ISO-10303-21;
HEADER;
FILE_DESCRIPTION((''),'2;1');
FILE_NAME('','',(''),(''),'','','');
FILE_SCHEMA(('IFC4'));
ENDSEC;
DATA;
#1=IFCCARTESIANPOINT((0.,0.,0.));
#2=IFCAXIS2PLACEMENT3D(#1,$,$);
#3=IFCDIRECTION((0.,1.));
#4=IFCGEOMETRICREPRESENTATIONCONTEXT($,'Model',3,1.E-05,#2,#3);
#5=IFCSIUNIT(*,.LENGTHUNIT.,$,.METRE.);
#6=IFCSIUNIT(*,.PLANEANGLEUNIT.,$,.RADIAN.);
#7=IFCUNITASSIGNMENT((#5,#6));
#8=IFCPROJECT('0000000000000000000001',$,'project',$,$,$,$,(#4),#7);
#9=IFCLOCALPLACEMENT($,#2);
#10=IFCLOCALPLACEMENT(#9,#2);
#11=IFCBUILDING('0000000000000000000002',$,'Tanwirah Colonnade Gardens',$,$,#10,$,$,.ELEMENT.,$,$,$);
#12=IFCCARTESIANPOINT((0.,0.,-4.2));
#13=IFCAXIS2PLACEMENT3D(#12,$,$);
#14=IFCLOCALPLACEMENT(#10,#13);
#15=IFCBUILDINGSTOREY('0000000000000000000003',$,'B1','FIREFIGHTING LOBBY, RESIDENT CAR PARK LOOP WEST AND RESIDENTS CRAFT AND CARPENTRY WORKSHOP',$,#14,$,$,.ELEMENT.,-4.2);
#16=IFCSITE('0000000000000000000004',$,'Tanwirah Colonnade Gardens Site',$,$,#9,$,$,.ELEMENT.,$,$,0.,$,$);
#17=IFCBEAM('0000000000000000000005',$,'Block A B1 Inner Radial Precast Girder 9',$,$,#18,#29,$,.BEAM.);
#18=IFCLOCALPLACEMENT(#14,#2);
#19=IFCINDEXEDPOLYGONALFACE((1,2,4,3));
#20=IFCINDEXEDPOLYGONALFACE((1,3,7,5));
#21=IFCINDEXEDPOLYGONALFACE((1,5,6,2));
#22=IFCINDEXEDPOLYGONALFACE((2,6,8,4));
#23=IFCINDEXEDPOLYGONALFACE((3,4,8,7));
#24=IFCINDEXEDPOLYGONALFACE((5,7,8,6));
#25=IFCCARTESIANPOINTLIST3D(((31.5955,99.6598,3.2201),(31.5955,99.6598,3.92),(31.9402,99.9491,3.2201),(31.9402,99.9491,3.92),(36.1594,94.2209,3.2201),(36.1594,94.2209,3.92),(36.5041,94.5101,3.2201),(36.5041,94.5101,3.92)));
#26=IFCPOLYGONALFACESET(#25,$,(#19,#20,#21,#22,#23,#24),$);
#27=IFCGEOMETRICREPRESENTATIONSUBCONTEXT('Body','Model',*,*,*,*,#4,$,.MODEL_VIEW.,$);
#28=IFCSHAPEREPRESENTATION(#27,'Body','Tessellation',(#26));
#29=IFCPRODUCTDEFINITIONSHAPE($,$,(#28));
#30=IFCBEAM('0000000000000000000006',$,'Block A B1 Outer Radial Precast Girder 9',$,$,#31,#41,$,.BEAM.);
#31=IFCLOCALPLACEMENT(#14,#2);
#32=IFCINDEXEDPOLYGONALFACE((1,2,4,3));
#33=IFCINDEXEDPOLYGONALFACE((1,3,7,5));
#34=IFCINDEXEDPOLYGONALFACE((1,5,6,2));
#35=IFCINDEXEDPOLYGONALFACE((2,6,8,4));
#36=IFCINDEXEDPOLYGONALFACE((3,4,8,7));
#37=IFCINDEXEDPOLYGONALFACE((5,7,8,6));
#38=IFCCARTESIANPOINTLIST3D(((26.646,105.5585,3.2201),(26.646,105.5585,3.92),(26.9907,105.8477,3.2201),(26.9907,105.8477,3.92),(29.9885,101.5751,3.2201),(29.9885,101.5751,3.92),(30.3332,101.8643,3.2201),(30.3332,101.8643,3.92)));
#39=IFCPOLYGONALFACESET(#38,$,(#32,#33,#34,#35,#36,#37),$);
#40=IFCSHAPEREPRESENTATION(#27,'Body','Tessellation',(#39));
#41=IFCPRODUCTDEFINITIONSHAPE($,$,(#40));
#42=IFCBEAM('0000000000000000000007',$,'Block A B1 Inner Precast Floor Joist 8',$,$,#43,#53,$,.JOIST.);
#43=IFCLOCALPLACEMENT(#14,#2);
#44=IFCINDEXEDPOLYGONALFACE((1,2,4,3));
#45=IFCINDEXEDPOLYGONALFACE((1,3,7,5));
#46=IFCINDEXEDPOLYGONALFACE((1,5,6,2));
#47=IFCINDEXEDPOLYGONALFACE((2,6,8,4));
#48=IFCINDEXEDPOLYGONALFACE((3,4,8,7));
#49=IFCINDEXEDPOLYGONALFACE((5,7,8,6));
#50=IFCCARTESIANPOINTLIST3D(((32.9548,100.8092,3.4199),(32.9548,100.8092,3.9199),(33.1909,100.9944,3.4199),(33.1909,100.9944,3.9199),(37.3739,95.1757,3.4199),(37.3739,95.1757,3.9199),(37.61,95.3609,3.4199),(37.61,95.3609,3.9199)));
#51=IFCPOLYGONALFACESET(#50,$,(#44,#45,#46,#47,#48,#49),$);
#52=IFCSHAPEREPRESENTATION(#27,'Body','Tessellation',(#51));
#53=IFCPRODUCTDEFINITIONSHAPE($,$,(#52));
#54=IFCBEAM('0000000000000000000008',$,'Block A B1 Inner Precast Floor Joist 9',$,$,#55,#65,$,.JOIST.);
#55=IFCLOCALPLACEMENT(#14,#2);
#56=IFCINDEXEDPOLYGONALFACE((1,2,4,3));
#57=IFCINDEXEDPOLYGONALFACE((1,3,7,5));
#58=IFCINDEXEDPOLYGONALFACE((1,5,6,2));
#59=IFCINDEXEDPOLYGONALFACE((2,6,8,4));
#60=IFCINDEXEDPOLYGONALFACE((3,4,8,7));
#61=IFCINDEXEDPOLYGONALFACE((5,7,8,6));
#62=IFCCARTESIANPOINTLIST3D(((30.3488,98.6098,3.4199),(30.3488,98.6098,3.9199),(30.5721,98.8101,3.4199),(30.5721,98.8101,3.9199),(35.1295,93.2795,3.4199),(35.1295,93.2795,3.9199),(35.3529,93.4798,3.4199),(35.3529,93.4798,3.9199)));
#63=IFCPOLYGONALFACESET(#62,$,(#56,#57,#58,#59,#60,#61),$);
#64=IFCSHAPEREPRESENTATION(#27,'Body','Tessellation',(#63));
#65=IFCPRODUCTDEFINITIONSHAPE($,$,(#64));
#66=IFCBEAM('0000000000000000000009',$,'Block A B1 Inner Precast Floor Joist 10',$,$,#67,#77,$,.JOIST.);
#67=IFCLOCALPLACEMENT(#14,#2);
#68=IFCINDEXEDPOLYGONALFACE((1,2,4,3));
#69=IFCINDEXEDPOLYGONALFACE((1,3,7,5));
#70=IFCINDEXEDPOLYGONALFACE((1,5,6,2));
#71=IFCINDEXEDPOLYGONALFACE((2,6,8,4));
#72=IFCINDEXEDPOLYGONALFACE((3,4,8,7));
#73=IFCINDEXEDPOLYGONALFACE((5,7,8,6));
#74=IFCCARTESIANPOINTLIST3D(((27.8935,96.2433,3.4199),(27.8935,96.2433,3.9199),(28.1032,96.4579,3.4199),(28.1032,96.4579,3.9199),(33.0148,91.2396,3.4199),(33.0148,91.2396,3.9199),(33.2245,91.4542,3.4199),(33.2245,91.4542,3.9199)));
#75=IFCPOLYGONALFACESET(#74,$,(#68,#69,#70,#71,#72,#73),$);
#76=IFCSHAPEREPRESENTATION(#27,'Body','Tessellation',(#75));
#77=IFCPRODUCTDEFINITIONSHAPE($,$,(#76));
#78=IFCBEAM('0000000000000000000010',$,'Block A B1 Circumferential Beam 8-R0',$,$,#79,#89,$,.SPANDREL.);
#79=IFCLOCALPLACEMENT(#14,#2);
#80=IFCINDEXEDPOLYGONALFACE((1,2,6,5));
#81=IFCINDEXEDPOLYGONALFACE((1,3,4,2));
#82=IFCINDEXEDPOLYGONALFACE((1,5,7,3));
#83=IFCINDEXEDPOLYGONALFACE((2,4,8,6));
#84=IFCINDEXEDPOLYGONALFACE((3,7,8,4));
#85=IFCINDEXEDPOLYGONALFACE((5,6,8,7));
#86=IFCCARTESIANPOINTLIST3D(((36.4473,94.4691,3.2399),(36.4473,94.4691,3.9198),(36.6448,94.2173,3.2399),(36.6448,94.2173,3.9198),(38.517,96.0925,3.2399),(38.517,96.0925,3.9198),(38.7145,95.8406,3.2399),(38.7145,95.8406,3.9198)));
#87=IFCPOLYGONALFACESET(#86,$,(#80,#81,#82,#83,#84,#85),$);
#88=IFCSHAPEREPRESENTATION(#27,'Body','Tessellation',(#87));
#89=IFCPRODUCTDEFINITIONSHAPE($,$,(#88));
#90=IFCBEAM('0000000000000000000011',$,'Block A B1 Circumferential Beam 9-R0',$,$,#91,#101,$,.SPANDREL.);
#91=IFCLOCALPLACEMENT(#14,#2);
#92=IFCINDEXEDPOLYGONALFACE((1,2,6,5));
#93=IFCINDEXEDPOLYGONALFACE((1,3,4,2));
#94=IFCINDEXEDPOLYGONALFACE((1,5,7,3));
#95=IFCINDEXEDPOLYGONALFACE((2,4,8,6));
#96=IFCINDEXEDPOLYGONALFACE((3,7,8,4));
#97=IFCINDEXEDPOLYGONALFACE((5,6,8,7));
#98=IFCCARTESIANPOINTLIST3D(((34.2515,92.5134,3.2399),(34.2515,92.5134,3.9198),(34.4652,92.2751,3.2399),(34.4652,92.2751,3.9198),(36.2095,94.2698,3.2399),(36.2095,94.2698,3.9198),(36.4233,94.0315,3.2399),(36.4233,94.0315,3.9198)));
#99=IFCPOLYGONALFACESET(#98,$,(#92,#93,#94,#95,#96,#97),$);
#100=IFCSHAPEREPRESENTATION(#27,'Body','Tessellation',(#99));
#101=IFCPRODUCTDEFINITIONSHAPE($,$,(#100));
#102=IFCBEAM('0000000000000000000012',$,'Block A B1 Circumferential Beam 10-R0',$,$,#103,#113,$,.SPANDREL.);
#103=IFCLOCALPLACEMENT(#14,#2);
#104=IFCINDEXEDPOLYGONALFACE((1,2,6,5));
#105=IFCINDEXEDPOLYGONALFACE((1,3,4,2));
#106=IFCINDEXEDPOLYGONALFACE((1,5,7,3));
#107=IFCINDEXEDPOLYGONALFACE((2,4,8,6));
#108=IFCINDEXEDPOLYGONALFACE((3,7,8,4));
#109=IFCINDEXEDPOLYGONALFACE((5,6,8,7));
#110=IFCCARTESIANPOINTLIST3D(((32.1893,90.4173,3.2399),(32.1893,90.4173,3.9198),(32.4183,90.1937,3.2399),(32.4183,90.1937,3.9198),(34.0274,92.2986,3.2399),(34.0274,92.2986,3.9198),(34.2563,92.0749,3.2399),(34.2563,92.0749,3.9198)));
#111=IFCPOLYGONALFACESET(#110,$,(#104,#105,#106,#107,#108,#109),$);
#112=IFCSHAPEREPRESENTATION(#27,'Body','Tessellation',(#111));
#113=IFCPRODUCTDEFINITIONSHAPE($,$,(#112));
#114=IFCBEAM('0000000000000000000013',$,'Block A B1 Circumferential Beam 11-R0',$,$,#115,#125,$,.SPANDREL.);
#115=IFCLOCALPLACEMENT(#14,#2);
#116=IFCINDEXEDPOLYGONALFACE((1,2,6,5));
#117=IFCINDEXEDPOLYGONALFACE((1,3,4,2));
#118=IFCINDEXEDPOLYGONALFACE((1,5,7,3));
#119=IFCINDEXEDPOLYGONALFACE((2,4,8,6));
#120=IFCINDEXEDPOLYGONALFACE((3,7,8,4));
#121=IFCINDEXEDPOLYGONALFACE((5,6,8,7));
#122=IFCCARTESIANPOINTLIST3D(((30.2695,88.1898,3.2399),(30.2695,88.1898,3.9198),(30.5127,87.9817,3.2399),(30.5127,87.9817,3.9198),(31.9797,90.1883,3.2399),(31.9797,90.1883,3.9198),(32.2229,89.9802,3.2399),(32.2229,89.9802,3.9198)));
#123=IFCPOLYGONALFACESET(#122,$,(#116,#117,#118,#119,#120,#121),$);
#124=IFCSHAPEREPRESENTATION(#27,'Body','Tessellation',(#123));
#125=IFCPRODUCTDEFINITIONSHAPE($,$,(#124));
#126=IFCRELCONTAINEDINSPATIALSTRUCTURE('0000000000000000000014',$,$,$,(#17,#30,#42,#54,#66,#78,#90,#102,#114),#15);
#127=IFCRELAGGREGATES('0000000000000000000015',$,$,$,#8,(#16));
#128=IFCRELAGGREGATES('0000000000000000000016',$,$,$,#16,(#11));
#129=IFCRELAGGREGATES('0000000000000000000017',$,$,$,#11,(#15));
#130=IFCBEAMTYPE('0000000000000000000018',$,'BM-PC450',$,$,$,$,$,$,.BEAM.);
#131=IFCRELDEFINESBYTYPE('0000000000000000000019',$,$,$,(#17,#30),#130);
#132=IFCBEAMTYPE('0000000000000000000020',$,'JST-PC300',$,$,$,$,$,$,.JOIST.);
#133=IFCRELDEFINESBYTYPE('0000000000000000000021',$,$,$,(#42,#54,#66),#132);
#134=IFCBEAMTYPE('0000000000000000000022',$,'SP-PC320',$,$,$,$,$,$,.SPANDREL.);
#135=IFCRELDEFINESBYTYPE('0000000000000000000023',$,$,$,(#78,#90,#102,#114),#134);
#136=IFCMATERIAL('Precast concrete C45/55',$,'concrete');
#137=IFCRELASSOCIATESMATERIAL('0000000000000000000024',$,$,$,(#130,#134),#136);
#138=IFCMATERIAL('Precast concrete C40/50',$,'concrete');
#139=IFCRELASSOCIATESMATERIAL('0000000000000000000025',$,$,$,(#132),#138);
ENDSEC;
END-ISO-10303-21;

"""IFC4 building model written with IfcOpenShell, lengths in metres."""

from ifc_helpers import new_model, si_unit, direction, frame, origin, origin_2d, place, context, subcontext, project, spatial, rectangle, extrude, material, material_profile, profile_set, type_object, element, save


model = new_model("IFC4")

# Units and contexts
model_context = context("Model", 3, precision=1e-05, world=origin(), true_north=direction((0.0, 1.0)))
body_context = subcontext(model_context, "Body", "Model", "MODEL_VIEW")
ifc_project = project(units=[si_unit("LENGTHUNIT", "METRE"), si_unit("PLANEANGLEUNIT", "RADIAN")], contexts=[model_context])

# Site, building, storey
site_placement = place(None, origin())
site = spatial("IfcSite", under=ifc_project, at=site_placement, Name="Tanwirah Colonnade Gardens Site", CompositionType="ELEMENT", RefElevation=0.0)
building_placement = place(site_placement, origin())
building = spatial("IfcBuilding", under=site, at=building_placement, Name="Tanwirah Colonnade Gardens", CompositionType="ELEMENT")
storey_placement = place(building_placement, frame((0.0, 0.0, -4.2)))
storey = spatial("IfcBuildingStorey", under=building, at=storey_placement, Name="B1", Description="FIREFIGHTING LOBBY, RESIDENT CAR PARK LOOP WEST AND RESIDENTS CRAFT AND CARPENTRY WORKSHOP", CompositionType="ELEMENT", Elevation=-4.2)

# Beams
ifc_material_1 = material(Name="Precast concrete C40/50", Category="concrete")
ifc_material_2 = material(Name="Precast concrete C45/55", Category="concrete")
ifc_material_profile_1 = material_profile(ifc_material_2, rectangle(XDim=0.45, YDim=0.7, at=origin_2d()), Name="PC-BM 450x700")
ifc_profile_set_1 = profile_set([ifc_material_profile_1], Name="Precast concrete C45/55")
beam_type_1 = type_object("IfcBeamType", Name="BM-PC450", PredefinedType="BEAM", material=ifc_profile_set_1)
for number, where, z_axis, x_axis, name in (
    (1, (31.7678, 99.8044, 3.5701), (0.642798, -0.766035, 0.0), (0.766035, 0.642798, 0.0), "Block A B1 Inner Radial Precast Girder 9"),
):
    element("IfcBeam", number, at=place(storey_placement, frame(where, z_axis=z_axis, x_axis=x_axis)), inside=storey, type_object=beam_type_1, Name=name, PredefinedType="BEAM", context=body_context, shape_type="SweptSolid", body=[
        extrude(rectangle(XDim=0.45, YDim=0.7, at=origin_2d()), origin(), (0.0, 0.0, 1.0), 7.1001),
    ])
beam_1_placement = place(storey_placement, frame((30.1609, 101.7197, 3.5701), z_axis=(-0.642795, 0.766039, 0.0), x_axis=(-0.766039, -0.642795, 0.0)))
element("IfcBeam", 2, at=beam_1_placement, inside=storey, type_object=beam_type_1, Name="Block A B1 Outer Radial Precast Girder 9", PredefinedType="BEAM", context=body_context, shape_type="SweptSolid", body=[
    extrude(rectangle(XDim=0.45, YDim=0.7, at=origin_2d()), origin(), (0.0, 0.0, 1.0), 5.2),
])
ifc_material_profile_2 = material_profile(ifc_material_1, rectangle(XDim=0.3, YDim=0.5, at=origin_2d()), Name="PC-JST 300x500")
ifc_profile_set_2 = profile_set([ifc_material_profile_2], Name="Precast concrete C40/50")
beam_type_2 = type_object("IfcBeamType", Name="JST-PC300", PredefinedType="JOIST", material=ifc_profile_set_2)
beam_2_placement = place(storey_placement, frame((37.4919, 95.2683, 3.6699), z_axis=(-0.617202, 0.786804, 0.0), x_axis=(-0.786804, -0.617202, 0.0)))
element("IfcBeam", 3, at=beam_2_placement, inside=storey, type_object=beam_type_2, Name="Block A B1 Inner Precast Floor Joist 8", PredefinedType="JOIST", context=body_context, shape_type="SweptSolid", body=[
    extrude(rectangle(XDim=0.3, YDim=0.5, at=origin_2d()), origin(), (0.0, 0.0, 1.0), 7.1599),
])
beam_3_placement = place(storey_placement, frame((35.2412, 93.3796, 3.6699), z_axis=(-0.667688, 0.744441, 0.0), x_axis=(-0.744441, -0.667688, 0.0)))
element("IfcBeam", 4, at=beam_3_placement, inside=storey, type_object=beam_type_2, Name="Block A B1 Inner Precast Floor Joist 9", PredefinedType="JOIST", context=body_context, shape_type="SweptSolid", body=[
    extrude(rectangle(XDim=0.3, YDim=0.5, at=origin_2d()), origin(), (0.0, 0.0, 1.0), 7.1602),
])
beam_4_placement = place(storey_placement, frame((33.1196, 91.3469, 3.6699), z_axis=(-0.715277, 0.698841, 0.0), x_axis=(-0.698841, -0.715277, 0.0)))
element("IfcBeam", 5, at=beam_4_placement, inside=storey, type_object=beam_type_2, Name="Block A B1 Inner Precast Floor Joist 10", PredefinedType="JOIST", context=body_context, shape_type="SweptSolid", body=[
    extrude(rectangle(XDim=0.3, YDim=0.5, at=origin_2d()), origin(), (0.0, 0.0, 1.0), 7.1599),
])
ifc_material_profile_3 = material_profile(ifc_material_2, rectangle(XDim=0.3201, YDim=0.6799, at=origin_2d()), Name="PC-SP 320x680")
ifc_profile_set_3 = profile_set([ifc_material_profile_3], Name="Precast concrete C45/55")
beam_type_3 = type_object("IfcBeamType", Name="SP-PC320", PredefinedType="SPANDREL", material=ifc_profile_set_3)
for number, where, z_axis, x_axis, name in (
    (6, (38.6157, 95.9666, 3.5798), (-0.786837, -0.617161, 0.0), (0.617161, -0.786837, 0.0), "Block A B1 Circumferential Beam 8-R0"),
    (7, (36.3164, 94.1506, 3.5798), (-0.744401, -0.667733, 0.0), (0.667733, -0.744401, 0.0), "Block A B1 Circumferential Beam 9-R0"),
):
    element("IfcBeam", number, at=place(storey_placement, frame(where, z_axis=z_axis, x_axis=x_axis)), inside=storey, type_object=beam_type_3, Name=name, PredefinedType="SPANDREL", context=body_context, shape_type="SweptSolid", body=[
        extrude(rectangle(XDim=0.3201, YDim=0.6799, at=origin_2d()), origin(), (0.0, 0.0, 1.0), 2.6304),
    ])
beam_5_placement = place(storey_placement, frame((34.1418, 92.1868, 3.5798), z_axis=(-0.698844, -0.715274, 0.0), x_axis=(0.715274, -0.698844, 0.0)))
element("IfcBeam", 8, at=beam_5_placement, inside=storey, type_object=beam_type_3, Name="Block A B1 Circumferential Beam 10-R0", PredefinedType="SPANDREL", context=body_context, shape_type="SweptSolid", body=[
    extrude(rectangle(XDim=0.3201, YDim=0.6799, at=origin_2d()), origin(), (0.0, 0.0, 1.0), 2.6301),
])
beam_6_placement = place(storey_placement, frame((32.1013, 90.0842, 3.5798), z_axis=(-0.650172, -0.759787, 0.0), x_axis=(0.759787, -0.650172, 0.0)))
element("IfcBeam", 9, at=beam_6_placement, inside=storey, type_object=beam_type_3, Name="Block A B1 Circumferential Beam 11-R0", PredefinedType="SPANDREL", context=body_context, shape_type="SweptSolid", body=[
    extrude(rectangle(XDim=0.3201, YDim=0.6799, at=origin_2d()), origin(), (0.0, 0.0, 1.0), 2.6304),
])

save(model, "model.ifc")
